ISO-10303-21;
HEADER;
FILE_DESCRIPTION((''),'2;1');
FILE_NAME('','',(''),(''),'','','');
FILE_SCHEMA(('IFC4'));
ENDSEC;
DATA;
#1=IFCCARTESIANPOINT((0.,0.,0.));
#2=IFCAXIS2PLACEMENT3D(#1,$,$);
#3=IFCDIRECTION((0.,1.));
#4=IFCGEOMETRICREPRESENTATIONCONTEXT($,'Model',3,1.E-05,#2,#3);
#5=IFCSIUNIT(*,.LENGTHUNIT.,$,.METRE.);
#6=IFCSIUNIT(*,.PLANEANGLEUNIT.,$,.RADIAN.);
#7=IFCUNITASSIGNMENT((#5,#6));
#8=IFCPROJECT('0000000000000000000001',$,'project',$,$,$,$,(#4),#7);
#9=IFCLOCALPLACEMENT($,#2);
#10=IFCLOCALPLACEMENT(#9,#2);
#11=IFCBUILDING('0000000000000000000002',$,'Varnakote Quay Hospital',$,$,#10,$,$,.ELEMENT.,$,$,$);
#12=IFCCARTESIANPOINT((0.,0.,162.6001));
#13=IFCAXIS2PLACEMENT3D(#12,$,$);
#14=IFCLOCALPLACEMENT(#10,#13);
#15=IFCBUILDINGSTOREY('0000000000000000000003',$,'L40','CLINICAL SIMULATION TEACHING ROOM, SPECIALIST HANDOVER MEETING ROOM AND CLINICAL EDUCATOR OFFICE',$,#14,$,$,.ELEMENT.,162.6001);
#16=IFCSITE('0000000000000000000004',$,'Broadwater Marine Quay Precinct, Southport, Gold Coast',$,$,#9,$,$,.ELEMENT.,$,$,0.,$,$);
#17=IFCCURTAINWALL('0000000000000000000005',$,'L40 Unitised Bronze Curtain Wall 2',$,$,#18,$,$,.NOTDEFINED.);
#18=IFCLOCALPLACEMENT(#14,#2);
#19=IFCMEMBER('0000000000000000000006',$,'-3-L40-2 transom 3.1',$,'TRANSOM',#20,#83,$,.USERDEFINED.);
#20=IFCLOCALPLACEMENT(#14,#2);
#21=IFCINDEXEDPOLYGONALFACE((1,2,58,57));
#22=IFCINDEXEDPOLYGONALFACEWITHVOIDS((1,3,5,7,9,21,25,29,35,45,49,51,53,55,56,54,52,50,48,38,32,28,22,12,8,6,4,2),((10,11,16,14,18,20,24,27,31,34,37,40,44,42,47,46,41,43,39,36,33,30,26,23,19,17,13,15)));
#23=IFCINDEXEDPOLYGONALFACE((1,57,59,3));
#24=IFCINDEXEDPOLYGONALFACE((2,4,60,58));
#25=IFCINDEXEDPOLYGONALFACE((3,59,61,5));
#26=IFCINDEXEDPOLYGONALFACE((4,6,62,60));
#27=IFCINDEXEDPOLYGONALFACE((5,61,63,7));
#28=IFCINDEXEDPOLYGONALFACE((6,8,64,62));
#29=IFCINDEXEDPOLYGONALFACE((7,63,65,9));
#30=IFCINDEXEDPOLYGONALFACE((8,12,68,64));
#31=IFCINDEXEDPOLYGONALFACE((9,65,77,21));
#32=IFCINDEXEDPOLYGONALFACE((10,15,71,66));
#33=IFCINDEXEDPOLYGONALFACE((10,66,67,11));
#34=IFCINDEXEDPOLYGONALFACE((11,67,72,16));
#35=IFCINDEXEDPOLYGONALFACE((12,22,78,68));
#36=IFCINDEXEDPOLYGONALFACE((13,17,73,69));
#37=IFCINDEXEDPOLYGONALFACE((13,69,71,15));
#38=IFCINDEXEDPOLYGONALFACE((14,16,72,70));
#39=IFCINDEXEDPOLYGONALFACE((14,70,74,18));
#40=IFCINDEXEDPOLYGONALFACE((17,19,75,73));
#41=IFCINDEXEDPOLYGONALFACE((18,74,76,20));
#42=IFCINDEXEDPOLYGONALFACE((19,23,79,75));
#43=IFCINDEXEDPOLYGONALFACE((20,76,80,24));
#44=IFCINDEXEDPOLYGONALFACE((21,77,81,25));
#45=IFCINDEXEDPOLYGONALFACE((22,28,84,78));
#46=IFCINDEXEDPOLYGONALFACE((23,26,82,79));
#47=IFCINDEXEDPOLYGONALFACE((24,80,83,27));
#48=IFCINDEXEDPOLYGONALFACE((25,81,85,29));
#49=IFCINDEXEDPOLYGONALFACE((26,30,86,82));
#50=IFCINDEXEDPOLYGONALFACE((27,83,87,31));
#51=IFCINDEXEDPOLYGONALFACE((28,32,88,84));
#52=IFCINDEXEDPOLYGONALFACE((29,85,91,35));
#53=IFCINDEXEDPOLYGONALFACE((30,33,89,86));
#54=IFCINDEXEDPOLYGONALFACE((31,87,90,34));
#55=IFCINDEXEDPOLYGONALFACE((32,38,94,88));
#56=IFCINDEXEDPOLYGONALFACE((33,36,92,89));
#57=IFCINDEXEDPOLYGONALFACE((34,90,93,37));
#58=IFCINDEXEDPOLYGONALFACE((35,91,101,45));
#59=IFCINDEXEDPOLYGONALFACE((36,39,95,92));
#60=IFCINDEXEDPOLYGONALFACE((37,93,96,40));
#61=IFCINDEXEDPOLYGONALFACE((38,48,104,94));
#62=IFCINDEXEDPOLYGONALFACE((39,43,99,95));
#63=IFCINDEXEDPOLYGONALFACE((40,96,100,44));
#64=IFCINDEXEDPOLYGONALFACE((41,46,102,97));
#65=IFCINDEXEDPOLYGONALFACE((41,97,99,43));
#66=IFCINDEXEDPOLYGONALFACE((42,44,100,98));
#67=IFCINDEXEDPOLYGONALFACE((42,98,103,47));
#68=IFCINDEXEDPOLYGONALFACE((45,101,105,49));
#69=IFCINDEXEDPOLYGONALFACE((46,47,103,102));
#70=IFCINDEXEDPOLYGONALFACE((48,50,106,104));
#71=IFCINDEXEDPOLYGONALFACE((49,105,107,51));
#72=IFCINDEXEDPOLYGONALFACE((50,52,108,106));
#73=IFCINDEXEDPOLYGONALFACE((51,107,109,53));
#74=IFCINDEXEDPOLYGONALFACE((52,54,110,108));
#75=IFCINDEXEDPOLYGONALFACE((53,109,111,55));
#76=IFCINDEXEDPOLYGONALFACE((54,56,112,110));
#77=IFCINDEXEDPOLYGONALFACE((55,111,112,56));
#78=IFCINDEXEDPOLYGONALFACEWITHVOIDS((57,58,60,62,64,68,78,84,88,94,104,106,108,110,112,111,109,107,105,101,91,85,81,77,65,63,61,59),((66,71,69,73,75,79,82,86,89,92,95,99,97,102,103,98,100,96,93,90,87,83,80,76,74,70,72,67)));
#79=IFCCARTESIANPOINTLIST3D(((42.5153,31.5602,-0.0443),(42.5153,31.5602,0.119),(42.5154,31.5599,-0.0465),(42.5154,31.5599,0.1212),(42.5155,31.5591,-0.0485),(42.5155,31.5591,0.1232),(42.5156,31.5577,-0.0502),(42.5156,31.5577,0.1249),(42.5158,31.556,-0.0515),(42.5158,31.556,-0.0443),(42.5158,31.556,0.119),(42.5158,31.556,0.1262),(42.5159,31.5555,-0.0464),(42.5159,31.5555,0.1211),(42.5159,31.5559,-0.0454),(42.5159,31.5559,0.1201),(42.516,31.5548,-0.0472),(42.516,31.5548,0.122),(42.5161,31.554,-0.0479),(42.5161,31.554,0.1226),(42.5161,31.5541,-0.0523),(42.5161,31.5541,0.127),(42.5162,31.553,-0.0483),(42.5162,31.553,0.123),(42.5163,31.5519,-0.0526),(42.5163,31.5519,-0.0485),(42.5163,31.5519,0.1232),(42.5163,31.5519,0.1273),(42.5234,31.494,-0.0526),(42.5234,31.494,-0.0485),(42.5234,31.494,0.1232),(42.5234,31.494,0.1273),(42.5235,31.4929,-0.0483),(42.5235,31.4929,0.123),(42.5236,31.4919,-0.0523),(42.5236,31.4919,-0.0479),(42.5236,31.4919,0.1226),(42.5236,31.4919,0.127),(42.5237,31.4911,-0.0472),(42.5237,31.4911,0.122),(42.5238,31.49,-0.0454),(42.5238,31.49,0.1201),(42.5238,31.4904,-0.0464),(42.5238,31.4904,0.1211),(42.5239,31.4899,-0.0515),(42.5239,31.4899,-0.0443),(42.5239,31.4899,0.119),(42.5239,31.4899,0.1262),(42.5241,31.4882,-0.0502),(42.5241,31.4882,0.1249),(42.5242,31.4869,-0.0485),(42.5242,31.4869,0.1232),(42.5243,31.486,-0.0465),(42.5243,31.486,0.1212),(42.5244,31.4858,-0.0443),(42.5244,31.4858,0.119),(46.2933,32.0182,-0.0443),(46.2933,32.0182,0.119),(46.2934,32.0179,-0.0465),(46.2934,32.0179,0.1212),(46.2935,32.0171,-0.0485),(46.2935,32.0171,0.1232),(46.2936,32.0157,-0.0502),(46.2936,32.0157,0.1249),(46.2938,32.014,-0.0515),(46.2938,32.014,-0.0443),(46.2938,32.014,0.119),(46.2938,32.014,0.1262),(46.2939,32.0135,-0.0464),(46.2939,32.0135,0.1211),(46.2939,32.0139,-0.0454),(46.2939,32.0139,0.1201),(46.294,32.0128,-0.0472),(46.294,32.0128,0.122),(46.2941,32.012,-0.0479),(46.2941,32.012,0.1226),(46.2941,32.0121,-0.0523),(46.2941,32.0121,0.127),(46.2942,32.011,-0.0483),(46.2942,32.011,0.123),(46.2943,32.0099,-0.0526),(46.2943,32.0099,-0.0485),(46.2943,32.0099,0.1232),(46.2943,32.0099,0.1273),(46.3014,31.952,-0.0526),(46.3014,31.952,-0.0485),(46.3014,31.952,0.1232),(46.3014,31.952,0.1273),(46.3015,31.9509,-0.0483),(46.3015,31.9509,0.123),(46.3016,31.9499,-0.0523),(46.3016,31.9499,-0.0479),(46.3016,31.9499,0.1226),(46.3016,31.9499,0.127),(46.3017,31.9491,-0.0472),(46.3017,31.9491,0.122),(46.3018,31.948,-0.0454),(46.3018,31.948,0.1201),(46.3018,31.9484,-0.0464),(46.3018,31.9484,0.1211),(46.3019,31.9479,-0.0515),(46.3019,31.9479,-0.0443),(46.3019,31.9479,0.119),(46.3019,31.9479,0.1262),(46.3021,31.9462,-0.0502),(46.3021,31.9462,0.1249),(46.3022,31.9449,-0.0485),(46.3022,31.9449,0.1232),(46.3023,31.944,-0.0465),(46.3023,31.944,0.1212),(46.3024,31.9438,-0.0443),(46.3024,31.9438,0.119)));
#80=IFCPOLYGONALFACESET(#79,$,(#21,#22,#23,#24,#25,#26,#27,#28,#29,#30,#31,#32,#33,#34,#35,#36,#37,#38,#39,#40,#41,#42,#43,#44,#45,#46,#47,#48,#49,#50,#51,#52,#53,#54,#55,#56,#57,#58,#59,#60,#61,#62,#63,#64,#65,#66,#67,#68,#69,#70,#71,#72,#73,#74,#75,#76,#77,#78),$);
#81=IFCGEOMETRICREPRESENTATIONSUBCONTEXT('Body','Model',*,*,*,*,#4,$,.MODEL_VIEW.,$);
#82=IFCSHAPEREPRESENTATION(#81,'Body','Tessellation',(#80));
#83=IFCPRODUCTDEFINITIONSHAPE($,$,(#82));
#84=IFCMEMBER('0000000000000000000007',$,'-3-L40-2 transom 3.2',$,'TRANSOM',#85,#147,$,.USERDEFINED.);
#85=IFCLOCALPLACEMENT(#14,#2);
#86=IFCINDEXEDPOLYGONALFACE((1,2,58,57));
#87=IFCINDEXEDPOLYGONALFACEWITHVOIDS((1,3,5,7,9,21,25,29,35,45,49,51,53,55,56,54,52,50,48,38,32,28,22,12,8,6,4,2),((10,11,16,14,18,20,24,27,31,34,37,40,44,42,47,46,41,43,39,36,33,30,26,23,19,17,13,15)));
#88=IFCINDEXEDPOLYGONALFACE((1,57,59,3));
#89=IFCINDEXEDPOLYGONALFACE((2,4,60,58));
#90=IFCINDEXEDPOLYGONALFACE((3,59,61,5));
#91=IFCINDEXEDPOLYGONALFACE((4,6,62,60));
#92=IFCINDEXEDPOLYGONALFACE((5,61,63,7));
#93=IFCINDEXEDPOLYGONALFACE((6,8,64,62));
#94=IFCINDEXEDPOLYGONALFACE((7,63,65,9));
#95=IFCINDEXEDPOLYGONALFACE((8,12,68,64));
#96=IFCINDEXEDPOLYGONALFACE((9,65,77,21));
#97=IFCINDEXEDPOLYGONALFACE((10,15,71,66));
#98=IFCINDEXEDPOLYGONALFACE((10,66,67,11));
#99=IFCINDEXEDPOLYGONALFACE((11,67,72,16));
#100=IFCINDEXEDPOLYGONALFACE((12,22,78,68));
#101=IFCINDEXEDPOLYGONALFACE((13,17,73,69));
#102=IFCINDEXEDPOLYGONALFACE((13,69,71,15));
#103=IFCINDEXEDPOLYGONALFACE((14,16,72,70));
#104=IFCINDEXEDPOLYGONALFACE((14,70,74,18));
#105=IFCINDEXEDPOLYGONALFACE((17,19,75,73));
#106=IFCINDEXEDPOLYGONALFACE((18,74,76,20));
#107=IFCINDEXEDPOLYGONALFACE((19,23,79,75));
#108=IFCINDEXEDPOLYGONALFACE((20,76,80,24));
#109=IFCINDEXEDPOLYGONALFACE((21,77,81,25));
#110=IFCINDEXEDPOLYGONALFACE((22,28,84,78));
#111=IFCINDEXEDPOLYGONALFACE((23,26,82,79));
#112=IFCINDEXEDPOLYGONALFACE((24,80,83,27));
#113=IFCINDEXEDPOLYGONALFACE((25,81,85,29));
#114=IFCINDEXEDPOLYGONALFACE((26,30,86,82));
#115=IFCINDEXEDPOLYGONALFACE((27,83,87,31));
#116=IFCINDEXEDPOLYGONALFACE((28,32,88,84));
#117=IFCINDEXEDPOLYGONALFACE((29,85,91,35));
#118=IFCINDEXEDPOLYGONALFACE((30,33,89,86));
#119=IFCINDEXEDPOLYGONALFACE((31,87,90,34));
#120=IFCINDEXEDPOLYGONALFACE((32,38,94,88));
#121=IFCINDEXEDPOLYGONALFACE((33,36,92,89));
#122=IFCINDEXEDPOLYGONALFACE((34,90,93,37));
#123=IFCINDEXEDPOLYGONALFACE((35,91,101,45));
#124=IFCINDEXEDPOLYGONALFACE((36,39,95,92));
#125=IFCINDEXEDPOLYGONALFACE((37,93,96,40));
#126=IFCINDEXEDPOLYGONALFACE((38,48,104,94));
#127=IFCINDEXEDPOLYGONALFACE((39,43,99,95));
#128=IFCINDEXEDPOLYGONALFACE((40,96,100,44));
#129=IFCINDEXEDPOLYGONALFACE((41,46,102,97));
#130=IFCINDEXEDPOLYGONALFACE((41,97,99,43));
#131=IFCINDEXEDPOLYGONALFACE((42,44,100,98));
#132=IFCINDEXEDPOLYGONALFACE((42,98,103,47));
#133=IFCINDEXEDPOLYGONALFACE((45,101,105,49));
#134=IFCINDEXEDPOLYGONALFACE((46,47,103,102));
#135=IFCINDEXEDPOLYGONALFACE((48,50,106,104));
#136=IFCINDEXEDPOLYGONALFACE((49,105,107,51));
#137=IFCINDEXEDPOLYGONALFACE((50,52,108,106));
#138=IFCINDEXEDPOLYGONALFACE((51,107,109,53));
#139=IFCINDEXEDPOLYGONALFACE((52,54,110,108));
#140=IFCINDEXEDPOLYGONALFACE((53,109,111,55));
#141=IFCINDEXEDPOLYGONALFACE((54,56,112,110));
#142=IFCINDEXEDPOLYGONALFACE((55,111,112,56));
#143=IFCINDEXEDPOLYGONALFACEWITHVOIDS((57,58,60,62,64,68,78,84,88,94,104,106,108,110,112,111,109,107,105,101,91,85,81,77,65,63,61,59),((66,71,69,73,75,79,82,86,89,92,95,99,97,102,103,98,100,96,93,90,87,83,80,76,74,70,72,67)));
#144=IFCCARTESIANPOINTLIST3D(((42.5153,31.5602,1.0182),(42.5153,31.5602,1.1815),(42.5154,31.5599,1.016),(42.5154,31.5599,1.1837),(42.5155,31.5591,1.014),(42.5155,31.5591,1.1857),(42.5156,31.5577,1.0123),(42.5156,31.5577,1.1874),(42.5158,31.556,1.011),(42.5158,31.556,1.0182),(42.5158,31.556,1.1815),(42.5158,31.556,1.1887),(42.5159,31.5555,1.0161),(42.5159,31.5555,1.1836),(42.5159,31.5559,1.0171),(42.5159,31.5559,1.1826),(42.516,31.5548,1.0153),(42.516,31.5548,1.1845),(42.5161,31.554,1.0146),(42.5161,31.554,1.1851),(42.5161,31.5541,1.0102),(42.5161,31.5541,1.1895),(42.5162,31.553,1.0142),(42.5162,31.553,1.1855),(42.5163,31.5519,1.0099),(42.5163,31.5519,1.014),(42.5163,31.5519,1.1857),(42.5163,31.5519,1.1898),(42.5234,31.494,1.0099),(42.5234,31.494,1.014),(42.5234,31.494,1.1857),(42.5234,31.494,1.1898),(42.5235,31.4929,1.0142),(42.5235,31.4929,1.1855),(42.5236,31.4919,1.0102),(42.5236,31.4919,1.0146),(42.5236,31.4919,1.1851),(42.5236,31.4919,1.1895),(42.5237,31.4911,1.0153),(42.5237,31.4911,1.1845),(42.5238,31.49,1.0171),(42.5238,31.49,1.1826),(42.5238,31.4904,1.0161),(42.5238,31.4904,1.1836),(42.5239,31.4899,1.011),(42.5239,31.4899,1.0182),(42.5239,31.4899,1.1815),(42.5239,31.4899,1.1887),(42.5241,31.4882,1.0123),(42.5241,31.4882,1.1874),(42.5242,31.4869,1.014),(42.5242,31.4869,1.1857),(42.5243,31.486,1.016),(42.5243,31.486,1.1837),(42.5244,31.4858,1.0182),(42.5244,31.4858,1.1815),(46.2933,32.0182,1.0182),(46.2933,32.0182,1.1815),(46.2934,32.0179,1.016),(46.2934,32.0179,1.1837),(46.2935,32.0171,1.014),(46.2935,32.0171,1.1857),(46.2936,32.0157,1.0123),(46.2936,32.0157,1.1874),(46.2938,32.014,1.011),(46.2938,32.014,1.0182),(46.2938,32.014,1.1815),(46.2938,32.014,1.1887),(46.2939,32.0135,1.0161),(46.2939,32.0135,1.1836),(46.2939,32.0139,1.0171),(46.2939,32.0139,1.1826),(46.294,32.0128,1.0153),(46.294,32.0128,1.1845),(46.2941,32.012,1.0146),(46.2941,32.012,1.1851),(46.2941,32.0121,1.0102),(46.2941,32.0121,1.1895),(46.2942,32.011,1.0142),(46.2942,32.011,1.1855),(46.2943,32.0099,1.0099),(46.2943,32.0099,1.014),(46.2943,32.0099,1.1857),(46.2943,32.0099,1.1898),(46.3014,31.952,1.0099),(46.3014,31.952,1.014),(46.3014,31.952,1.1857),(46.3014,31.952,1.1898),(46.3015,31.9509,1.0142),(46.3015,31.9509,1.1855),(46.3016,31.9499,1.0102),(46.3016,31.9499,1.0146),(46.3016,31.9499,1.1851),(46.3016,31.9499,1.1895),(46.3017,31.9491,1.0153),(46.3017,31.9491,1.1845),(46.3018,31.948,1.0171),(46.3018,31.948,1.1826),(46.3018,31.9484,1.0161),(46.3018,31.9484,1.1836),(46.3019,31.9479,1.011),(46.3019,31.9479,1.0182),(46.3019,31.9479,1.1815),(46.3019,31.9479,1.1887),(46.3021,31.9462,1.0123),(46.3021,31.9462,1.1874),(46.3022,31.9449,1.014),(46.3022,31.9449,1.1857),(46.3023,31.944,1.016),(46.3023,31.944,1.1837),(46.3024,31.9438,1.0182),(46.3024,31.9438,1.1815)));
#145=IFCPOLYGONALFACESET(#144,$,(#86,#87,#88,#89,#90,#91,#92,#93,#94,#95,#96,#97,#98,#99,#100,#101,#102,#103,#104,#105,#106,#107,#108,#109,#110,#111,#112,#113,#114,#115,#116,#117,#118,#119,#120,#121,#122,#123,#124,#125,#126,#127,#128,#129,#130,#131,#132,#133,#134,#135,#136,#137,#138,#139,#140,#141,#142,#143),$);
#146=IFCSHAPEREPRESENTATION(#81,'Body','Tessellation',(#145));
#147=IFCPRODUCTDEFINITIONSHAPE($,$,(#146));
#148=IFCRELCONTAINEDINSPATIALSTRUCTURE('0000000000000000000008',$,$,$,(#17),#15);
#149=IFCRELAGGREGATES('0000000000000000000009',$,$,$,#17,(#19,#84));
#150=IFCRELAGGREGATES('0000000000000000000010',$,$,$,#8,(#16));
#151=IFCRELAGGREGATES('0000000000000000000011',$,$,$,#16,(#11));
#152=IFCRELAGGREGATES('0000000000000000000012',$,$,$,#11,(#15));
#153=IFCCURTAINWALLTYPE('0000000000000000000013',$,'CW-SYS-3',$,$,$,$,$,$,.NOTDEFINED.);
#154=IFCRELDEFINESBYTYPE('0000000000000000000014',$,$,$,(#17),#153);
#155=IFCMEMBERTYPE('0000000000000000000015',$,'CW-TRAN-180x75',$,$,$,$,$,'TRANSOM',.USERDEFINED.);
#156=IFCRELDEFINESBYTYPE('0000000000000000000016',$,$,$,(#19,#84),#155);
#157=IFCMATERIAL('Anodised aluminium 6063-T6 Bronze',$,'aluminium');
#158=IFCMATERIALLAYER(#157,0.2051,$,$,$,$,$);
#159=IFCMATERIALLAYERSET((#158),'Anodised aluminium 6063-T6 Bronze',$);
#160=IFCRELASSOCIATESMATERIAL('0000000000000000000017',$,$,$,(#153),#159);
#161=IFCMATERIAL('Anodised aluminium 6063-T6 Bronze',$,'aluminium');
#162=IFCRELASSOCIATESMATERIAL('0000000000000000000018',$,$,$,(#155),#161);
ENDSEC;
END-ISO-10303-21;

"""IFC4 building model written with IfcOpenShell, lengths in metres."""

from ifc_helpers import new_model, si_unit, direction, frame, origin, origin_2d, place, context, subcontext, project, spatial, hollow_rectangle, extrude, material, layer, layer_set, material_profile, profile_set, type_object, element, aggregate, save


model = new_model("IFC4")

# Units and contexts
model_context = context("Model", 3, precision=1e-05, world=origin(), true_north=direction((0.0, 1.0)))
body_context = subcontext(model_context, "Body", "Model", "MODEL_VIEW")
ifc_project = project(units=[si_unit("LENGTHUNIT", "METRE"), si_unit("PLANEANGLEUNIT", "RADIAN")], contexts=[model_context])

# Site, building, storey
site_placement = place(None, origin())
site = spatial("IfcSite", under=ifc_project, at=site_placement, Name="Broadwater Marine Quay Precinct, Southport, Gold Coast", CompositionType="ELEMENT", RefElevation=0.0)
building_placement = place(site_placement, origin())
building = spatial("IfcBuilding", under=site, at=building_placement, Name="Varnakote Quay Hospital", CompositionType="ELEMENT")
storey_placement = place(building_placement, frame((0.0, 0.0, 162.6001)))
storey = spatial("IfcBuildingStorey", under=building, at=storey_placement, Name="L40", Description="CLINICAL SIMULATION TEACHING ROOM, SPECIALIST HANDOVER MEETING ROOM AND CLINICAL EDUCATOR OFFICE", CompositionType="ELEMENT", Elevation=162.6001)

# Curtain wall, members
ifc_material_1 = material(Name="Anodised aluminium 6063-T6 Bronze", Category="aluminium")
ifc_layer_1 = layer(ifc_material_1, 0.2051)
ifc_layer_set_1 = layer_set([ifc_layer_1], Name="Anodised aluminium 6063-T6 Bronze")
curtain_wall_type = type_object("IfcCurtainWallType", Name="CW-SYS-3", PredefinedType="NOTDEFINED", material=ifc_layer_set_1)
curtain_wall_placement = place(storey_placement, origin())
curtain_wall = element("IfcCurtainWall", 1, at=curtain_wall_placement, inside=storey, type_object=curtain_wall_type, Name="L40 Unitised Bronze Curtain Wall 2", PredefinedType="NOTDEFINED")
ifc_material_2 = material(Name="Anodised aluminium 6063-T6 Bronze", Category="aluminium")
ifc_material_profile_1 = material_profile(ifc_material_2, hollow_rectangle(XDim=0.075, YDim=0.1799, WallThickness=0.0042, InnerFilletRadius=0.0042, OuterFilletRadius=0.0083, at=origin_2d()), Name="CW-TRAN-180x75")
ifc_profile_set_1 = profile_set([ifc_material_profile_1], Name="Anodised aluminium 6063-T6 Bronze")
member_type_1 = type_object("IfcMemberType", Name="CW-TRAN-180x75", ElementType="TRANSOM", PredefinedType="USERDEFINED", material=ifc_profile_set_1)
member_1_placement = place(storey_placement, frame((46.2979, 31.981, 0.0374), z_axis=(-0.992732, -0.120347, 0.0), x_axis=(0.120347, -0.992732, 0.0)))
member_1 = element("IfcMember", 2, at=member_1_placement, type_object=member_type_1, Name="-3-L40-2 transom 3.1", ObjectType="TRANSOM", PredefinedType="USERDEFINED", context=body_context, shape_type="SweptSolid", body=[
    extrude(hollow_rectangle(XDim=0.075, YDim=0.1799, WallThickness=0.0042, InnerFilletRadius=0.0042, OuterFilletRadius=0.0083, at=origin_2d()), origin(), (0.0, 0.0, 1.0), 3.8057),
])
member_2_placement = place(storey_placement, frame((46.2979, 31.981, 1.0999), z_axis=(-0.992732, -0.120347, 0.0), x_axis=(0.120347, -0.992732, 0.0)))
member_2 = element("IfcMember", 3, at=member_2_placement, type_object=member_type_1, Name="-3-L40-2 transom 3.2", ObjectType="TRANSOM", PredefinedType="USERDEFINED", context=body_context, shape_type="SweptSolid", body=[
    extrude(hollow_rectangle(XDim=0.075, YDim=0.1799, WallThickness=0.0042, InnerFilletRadius=0.0042, OuterFilletRadius=0.0083, at=origin_2d()), origin(), (0.0, 0.0, 1.0), 3.8057),
])

aggregate(curtain_wall, [member_1, member_2])

save(model, "model.ifc")
